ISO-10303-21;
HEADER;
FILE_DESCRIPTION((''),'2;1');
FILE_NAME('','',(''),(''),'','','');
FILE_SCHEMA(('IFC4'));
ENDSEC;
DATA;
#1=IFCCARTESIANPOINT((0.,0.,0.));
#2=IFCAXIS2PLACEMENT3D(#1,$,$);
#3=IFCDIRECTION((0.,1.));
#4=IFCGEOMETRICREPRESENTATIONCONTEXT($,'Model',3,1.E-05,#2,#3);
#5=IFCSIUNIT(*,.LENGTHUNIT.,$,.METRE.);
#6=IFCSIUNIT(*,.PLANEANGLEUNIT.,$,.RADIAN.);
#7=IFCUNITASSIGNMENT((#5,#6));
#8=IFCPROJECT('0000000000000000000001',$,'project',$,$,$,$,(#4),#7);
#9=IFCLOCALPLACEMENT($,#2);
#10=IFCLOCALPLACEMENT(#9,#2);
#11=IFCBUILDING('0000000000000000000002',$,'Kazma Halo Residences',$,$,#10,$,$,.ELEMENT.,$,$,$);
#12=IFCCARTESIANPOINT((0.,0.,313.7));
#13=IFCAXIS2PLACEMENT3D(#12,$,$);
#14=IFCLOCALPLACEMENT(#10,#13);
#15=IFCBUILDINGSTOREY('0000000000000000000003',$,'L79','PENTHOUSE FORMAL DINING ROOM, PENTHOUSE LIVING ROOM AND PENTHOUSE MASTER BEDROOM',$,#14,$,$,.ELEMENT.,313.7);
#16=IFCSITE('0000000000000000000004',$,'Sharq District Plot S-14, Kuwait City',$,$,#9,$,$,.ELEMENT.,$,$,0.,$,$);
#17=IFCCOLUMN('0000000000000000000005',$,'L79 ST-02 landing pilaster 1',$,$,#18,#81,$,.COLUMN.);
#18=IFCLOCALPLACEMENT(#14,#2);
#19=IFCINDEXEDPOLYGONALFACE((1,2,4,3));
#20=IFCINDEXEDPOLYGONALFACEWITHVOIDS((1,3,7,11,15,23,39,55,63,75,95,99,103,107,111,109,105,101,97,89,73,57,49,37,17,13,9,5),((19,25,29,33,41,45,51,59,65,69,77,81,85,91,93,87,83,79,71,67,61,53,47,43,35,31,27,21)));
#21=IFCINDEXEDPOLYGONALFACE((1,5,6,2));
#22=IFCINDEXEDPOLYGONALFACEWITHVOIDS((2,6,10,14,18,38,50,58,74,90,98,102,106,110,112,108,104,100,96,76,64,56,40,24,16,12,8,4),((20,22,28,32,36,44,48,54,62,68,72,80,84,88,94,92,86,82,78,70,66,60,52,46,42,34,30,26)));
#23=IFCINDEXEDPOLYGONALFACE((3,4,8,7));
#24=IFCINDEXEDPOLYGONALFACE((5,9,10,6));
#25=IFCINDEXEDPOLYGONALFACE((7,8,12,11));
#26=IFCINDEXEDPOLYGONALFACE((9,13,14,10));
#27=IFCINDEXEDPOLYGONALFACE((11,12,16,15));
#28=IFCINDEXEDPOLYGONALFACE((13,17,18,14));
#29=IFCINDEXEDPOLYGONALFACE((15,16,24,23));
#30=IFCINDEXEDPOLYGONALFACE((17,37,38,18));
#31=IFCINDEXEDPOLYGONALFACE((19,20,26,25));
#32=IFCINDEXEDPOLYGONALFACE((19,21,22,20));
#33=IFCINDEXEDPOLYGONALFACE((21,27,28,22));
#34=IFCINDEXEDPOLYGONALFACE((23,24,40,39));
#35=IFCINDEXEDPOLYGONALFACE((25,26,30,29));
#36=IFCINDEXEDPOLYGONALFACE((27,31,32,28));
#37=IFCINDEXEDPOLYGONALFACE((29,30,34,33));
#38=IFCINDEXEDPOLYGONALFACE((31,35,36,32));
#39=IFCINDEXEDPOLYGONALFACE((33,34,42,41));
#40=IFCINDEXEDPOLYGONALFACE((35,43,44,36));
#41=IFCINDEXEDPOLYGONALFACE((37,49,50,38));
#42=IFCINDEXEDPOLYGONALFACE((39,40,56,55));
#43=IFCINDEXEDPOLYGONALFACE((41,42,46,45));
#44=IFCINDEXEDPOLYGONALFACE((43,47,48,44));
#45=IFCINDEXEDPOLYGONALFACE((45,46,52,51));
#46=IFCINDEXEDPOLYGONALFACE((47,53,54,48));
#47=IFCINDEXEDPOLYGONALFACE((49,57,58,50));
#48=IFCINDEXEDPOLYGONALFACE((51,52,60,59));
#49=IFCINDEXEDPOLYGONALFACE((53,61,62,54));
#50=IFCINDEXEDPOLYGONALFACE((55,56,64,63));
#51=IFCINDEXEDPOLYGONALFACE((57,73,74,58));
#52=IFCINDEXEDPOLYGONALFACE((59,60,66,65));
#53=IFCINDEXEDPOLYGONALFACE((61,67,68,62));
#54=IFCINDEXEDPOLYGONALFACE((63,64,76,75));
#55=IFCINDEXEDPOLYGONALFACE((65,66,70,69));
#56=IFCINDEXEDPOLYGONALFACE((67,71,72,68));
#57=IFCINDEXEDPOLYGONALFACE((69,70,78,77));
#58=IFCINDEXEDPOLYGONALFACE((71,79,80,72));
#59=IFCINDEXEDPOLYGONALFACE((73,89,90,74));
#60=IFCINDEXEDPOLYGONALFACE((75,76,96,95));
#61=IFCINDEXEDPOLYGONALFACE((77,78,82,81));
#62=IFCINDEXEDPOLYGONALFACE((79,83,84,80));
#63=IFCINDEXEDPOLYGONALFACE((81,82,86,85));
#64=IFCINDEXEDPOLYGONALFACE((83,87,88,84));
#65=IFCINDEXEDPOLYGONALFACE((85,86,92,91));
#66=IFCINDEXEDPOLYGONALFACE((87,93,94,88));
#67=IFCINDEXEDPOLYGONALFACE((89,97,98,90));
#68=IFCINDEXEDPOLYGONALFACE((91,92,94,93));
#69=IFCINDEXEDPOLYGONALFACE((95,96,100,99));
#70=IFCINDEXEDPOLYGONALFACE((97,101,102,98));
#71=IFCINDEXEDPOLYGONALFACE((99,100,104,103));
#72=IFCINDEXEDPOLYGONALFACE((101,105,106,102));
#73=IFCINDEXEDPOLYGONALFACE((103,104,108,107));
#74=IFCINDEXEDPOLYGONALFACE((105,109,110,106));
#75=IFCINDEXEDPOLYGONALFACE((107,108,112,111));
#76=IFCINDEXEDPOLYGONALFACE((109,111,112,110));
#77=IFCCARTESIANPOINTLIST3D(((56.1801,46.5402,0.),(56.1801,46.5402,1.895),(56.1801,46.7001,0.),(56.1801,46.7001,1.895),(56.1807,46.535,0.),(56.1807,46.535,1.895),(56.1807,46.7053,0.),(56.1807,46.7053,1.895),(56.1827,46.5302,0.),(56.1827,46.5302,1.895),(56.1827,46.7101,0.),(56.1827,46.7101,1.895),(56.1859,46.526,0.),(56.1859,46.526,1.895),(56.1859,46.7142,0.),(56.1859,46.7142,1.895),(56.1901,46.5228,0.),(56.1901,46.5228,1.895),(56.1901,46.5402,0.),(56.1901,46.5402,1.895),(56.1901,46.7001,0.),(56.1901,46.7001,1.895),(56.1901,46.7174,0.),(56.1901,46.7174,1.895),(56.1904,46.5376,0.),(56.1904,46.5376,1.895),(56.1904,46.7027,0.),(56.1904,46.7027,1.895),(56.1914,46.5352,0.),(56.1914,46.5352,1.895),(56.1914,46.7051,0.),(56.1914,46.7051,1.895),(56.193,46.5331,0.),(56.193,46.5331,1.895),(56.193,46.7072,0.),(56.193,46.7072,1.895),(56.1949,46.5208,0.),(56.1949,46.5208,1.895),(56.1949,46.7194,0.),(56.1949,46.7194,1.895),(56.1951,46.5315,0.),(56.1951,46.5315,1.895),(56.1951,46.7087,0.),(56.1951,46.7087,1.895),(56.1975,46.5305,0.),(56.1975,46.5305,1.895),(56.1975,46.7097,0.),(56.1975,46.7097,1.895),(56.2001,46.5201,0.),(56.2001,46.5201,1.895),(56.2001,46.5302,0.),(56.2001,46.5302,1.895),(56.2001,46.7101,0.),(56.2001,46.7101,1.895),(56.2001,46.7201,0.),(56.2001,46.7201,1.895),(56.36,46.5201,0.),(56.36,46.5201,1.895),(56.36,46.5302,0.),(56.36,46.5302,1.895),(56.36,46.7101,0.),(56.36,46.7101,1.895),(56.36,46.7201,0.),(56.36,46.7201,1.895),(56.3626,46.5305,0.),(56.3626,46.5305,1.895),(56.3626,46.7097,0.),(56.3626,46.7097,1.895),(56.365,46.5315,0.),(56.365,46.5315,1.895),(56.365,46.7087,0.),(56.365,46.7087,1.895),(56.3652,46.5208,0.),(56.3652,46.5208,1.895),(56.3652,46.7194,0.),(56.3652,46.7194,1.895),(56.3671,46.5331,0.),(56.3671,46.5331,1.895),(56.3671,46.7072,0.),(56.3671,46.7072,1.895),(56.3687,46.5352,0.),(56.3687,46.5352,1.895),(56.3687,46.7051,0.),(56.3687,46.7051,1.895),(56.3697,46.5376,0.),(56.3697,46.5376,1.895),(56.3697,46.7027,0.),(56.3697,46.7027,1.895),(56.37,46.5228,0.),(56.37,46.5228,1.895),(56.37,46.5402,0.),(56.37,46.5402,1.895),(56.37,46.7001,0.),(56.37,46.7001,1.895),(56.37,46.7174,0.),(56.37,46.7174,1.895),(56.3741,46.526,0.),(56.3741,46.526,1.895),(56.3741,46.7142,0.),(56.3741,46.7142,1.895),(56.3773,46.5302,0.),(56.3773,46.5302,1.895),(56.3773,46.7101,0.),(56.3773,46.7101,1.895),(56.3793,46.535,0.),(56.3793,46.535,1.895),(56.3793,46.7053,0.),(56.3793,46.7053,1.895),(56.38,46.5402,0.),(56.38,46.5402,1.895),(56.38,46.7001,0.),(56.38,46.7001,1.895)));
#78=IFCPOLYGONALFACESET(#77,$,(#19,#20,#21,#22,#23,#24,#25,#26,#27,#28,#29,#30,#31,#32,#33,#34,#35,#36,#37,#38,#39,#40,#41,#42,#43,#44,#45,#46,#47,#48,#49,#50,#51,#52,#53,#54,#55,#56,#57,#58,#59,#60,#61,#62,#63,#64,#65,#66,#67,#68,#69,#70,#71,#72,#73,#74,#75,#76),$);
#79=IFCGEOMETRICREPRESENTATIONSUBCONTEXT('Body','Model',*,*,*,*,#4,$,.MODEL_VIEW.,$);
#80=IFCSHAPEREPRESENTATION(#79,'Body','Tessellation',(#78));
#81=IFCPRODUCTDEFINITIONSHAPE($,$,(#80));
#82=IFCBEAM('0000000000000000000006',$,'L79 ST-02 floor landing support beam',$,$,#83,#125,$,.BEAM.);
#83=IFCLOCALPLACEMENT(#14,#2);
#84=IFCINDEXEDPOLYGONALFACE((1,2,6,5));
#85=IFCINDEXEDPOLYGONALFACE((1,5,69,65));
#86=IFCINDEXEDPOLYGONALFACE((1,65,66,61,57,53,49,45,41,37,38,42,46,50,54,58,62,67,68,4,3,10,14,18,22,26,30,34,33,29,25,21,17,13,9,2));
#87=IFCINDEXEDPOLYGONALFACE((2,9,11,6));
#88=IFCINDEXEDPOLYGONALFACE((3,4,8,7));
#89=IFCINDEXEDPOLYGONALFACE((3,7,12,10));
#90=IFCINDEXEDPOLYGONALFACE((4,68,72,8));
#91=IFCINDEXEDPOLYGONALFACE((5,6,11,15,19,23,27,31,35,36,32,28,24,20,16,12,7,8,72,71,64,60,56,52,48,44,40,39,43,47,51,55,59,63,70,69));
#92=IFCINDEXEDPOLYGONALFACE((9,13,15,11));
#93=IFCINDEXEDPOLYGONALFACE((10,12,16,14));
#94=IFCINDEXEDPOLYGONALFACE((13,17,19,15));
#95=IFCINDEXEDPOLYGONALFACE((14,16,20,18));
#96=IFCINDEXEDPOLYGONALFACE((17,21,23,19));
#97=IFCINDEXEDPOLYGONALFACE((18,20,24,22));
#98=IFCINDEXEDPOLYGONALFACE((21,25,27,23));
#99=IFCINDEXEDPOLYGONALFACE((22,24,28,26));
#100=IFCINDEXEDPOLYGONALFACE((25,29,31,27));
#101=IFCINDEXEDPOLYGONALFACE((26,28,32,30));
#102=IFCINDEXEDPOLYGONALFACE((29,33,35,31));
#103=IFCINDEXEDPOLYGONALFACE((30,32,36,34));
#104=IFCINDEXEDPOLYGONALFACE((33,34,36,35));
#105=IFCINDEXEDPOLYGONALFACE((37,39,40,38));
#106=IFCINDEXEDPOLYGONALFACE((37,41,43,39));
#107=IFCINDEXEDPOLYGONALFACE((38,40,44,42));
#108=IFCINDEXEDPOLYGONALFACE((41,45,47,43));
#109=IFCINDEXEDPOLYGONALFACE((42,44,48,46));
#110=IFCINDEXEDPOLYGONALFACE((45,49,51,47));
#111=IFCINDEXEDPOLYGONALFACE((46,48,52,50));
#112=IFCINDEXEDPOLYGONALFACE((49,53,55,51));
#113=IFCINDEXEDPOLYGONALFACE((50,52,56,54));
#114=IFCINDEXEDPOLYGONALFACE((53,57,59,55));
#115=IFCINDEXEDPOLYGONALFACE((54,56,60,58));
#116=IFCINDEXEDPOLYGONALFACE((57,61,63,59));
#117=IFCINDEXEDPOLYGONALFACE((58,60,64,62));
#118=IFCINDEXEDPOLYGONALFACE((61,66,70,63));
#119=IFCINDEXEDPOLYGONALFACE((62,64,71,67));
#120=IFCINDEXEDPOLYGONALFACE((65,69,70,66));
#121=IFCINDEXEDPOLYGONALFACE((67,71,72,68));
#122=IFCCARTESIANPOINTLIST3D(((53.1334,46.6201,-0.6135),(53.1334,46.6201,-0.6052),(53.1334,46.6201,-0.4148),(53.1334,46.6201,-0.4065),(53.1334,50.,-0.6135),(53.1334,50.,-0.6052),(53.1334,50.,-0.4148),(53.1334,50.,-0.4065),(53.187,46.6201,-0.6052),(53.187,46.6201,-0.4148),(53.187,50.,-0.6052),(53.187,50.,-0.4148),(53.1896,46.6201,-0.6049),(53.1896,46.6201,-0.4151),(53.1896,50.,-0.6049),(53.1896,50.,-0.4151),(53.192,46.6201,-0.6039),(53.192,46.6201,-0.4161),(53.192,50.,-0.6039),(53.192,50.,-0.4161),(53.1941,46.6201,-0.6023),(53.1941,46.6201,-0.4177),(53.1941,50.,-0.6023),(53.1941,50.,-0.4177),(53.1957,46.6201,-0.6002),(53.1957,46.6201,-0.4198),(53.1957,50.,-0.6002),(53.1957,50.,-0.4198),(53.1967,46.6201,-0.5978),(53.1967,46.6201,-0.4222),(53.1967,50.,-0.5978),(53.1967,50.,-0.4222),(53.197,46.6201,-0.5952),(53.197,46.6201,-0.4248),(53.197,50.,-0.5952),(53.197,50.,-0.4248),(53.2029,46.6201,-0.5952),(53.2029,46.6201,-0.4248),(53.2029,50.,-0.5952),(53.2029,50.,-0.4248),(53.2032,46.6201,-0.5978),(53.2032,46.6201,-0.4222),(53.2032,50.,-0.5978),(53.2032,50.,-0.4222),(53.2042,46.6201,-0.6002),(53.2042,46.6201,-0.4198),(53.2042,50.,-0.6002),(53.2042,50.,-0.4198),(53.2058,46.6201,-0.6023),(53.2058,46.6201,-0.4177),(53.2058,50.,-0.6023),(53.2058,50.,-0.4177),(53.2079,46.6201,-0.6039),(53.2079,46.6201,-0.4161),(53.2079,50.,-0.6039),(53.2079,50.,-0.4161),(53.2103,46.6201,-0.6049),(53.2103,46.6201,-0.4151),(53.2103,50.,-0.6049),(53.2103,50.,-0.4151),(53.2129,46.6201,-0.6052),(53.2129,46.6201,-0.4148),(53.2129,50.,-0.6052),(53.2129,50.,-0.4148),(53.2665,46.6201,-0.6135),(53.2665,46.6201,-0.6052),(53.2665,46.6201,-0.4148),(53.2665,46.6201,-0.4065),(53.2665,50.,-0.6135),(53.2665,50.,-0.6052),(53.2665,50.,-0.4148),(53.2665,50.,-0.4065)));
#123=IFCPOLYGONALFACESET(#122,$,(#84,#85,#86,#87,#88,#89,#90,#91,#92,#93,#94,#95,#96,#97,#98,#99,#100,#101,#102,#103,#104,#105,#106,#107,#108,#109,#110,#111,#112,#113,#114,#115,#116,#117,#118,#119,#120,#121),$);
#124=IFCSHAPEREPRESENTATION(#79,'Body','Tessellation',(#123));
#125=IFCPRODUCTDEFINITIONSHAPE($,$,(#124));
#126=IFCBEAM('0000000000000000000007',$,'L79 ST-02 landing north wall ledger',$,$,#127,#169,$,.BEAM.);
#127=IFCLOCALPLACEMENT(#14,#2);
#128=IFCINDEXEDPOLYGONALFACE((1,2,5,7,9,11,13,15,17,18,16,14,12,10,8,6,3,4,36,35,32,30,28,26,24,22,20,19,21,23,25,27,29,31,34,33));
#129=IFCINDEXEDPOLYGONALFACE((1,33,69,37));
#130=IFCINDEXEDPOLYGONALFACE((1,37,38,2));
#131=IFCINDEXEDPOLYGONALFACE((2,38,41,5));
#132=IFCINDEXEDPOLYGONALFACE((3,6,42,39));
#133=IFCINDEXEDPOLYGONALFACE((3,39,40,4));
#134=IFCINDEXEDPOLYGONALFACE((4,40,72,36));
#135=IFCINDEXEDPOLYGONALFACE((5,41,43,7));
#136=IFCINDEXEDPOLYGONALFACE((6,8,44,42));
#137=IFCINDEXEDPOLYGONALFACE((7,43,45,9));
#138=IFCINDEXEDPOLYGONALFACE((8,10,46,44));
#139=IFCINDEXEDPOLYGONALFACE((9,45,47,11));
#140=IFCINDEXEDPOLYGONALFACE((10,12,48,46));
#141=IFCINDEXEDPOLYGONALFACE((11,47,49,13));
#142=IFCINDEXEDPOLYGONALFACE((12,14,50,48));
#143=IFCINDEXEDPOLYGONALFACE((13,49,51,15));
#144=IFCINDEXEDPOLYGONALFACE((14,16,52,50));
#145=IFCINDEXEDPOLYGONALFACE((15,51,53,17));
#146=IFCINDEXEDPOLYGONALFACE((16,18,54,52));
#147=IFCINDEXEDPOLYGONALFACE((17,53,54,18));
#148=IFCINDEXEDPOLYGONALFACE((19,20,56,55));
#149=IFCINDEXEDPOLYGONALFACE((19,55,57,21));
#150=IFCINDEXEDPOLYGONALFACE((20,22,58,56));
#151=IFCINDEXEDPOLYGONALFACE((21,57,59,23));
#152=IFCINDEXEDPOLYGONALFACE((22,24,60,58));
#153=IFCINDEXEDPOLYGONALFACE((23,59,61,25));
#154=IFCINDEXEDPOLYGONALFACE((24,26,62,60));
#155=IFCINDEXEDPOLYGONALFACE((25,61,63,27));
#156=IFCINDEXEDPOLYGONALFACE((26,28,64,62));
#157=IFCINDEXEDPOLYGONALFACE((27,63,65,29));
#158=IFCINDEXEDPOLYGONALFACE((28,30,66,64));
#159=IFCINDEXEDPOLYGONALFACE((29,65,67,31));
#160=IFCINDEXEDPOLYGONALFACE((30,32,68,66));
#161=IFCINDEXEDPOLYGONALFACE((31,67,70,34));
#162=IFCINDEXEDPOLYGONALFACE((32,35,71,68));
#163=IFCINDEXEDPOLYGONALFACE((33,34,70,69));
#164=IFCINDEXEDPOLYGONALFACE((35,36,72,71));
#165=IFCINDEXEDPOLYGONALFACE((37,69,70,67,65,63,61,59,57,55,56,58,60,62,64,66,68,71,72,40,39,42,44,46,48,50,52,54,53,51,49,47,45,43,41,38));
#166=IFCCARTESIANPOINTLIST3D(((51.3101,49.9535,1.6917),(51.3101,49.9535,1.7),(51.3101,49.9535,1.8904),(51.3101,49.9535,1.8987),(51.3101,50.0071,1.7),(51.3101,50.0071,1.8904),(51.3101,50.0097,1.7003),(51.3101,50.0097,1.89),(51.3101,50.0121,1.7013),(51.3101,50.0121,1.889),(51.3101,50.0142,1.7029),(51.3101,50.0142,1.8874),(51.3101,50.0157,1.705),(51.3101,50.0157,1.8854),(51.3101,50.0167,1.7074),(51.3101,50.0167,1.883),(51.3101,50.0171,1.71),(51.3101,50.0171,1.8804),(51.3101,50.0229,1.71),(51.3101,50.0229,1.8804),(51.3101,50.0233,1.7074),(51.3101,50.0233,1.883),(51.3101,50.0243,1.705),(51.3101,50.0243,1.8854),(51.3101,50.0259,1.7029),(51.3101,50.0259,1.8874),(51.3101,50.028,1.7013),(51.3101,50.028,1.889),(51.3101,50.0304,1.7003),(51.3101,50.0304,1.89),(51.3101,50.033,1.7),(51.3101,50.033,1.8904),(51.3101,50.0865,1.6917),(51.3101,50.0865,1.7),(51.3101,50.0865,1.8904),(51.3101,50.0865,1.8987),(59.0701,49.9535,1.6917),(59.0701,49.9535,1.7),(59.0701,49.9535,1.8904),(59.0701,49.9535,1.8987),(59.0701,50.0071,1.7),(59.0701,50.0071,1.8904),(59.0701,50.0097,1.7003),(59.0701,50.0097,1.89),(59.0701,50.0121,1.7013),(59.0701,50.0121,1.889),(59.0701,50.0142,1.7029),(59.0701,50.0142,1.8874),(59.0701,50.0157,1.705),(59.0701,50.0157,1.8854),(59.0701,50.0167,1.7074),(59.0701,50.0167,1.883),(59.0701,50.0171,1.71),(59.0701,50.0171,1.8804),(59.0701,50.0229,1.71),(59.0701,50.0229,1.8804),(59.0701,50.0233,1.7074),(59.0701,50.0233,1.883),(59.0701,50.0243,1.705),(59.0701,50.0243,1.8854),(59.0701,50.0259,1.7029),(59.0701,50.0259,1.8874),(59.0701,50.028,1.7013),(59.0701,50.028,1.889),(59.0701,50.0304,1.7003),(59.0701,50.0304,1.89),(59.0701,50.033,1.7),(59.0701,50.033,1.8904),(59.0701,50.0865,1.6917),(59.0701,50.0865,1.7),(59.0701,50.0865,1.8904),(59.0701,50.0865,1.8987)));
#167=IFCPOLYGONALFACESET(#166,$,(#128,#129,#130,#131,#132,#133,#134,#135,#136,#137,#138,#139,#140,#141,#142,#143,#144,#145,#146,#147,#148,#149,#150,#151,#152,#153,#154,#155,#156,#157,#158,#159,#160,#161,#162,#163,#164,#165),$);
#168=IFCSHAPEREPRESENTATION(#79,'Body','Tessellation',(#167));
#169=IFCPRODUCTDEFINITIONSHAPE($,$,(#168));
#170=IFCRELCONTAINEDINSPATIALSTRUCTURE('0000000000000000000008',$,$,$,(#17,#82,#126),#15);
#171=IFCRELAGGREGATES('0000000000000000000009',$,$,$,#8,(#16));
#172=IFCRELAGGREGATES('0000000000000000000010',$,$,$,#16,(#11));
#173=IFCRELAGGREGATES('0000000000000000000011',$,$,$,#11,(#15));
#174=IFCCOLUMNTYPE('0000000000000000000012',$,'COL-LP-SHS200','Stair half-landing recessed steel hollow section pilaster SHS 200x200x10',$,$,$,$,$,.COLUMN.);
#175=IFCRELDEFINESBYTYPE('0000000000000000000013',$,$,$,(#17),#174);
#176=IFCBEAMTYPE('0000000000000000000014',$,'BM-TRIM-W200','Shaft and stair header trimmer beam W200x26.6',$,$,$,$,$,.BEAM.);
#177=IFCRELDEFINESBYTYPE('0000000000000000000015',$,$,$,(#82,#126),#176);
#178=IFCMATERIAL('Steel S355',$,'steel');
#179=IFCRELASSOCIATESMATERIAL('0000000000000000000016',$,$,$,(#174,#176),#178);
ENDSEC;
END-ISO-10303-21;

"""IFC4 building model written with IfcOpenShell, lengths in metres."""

from ifc_helpers import new_model, si_unit, direction, frame, origin, origin_2d, place, context, subcontext, project, spatial, hollow_rectangle, i_section, extrude, material, material_profile, profile_set, type_object, element, save


model = new_model("IFC4")

# Units and contexts
model_context = context("Model", 3, precision=1e-05, world=origin(), true_north=direction((0.0, 1.0)))
body_context = subcontext(model_context, "Body", "Model", "MODEL_VIEW")
ifc_project = project(units=[si_unit("LENGTHUNIT", "METRE"), si_unit("PLANEANGLEUNIT", "RADIAN")], contexts=[model_context])

# Site, building, storey
site_placement = place(None, origin())
site = spatial("IfcSite", under=ifc_project, at=site_placement, Name="Sharq District Plot S-14, Kuwait City", CompositionType="ELEMENT", RefElevation=0.0)
building_placement = place(site_placement, origin())
building = spatial("IfcBuilding", under=site, at=building_placement, Name="Kazma Halo Residences", CompositionType="ELEMENT")
storey_placement = place(building_placement, frame((0.0, 0.0, 313.7)))
storey = spatial("IfcBuildingStorey", under=building, at=storey_placement, Name="L79", Description="PENTHOUSE FORMAL DINING ROOM, PENTHOUSE LIVING ROOM AND PENTHOUSE MASTER BEDROOM", CompositionType="ELEMENT", Elevation=313.7)

# Column
ifc_material_1 = material(Name="Steel S355", Category="steel")
ifc_material_profile_1 = material_profile(ifc_material_1, hollow_rectangle(XDim=0.2, YDim=0.2, WallThickness=0.01, InnerFilletRadius=0.01, OuterFilletRadius=0.02, at=origin_2d()), Name="SHS200x200x10")
ifc_profile_set_1 = profile_set([ifc_material_profile_1], Name="Steel S355")
column_type = type_object("IfcColumnType", Name="COL-LP-SHS200", Description="Stair half-landing recessed steel hollow section pilaster SHS 200x200x10", PredefinedType="COLUMN", material=ifc_profile_set_1)
column_placement = place(storey_placement, frame((56.28, 46.6201, 0.0), z_axis=(0.0, 0.0, 1.0), x_axis=(1.0, 0.0, 0.0)))
element("IfcColumn", 1, at=column_placement, inside=storey, type_object=column_type, Name="L79 ST-02 landing pilaster 1", PredefinedType="COLUMN", context=body_context, shape_type="SweptSolid", body=[
    extrude(hollow_rectangle(XDim=0.2, YDim=0.2, WallThickness=0.01, InnerFilletRadius=0.01, OuterFilletRadius=0.02, at=origin_2d()), origin(), (0.0, 0.0, 1.0), 1.895),
])

# Beams
ifc_material_profile_2 = material_profile(ifc_material_1, i_section(OverallWidth=0.1331, OverallDepth=0.207, WebThickness=0.0059, FlangeThickness=0.0083, FilletRadius=0.01, at=origin_2d()), Name="W200x26.6")
ifc_profile_set_2 = profile_set([ifc_material_profile_2], Name="Steel S355")
beam_type = type_object("IfcBeamType", Name="BM-TRIM-W200", Description="Shaft and stair header trimmer beam W200x26.6", PredefinedType="BEAM", material=ifc_profile_set_2)
beam_1_placement = place(storey_placement, frame((53.2, 46.6201, -0.51), z_axis=(0.0, 1.0, 0.0), x_axis=(-1.0, 0.0, 0.0)))
element("IfcBeam", 2, at=beam_1_placement, inside=storey, type_object=beam_type, Name="L79 ST-02 floor landing support beam", PredefinedType="BEAM", context=body_context, shape_type="SweptSolid", body=[
    extrude(i_section(OverallWidth=0.1331, OverallDepth=0.207, WebThickness=0.0059, FlangeThickness=0.0083, FilletRadius=0.01, at=origin_2d()), origin(), (0.0, 0.0, 1.0), 3.3799),
])
beam_2_placement = place(storey_placement, frame((51.3101, 50.02, 1.7952), z_axis=(1.0, 0.0, 0.0), x_axis=(0.0, 1.0, 0.0)))
element("IfcBeam", 3, at=beam_2_placement, inside=storey, type_object=beam_type, Name="L79 ST-02 landing north wall ledger", PredefinedType="BEAM", context=body_context, shape_type="SweptSolid", body=[
    extrude(i_section(OverallWidth=0.1331, OverallDepth=0.207, WebThickness=0.0059, FlangeThickness=0.0083, FilletRadius=0.01, at=origin_2d()), origin(), (0.0, 0.0, 1.0), 7.76),
])

save(model, "model.ifc")
